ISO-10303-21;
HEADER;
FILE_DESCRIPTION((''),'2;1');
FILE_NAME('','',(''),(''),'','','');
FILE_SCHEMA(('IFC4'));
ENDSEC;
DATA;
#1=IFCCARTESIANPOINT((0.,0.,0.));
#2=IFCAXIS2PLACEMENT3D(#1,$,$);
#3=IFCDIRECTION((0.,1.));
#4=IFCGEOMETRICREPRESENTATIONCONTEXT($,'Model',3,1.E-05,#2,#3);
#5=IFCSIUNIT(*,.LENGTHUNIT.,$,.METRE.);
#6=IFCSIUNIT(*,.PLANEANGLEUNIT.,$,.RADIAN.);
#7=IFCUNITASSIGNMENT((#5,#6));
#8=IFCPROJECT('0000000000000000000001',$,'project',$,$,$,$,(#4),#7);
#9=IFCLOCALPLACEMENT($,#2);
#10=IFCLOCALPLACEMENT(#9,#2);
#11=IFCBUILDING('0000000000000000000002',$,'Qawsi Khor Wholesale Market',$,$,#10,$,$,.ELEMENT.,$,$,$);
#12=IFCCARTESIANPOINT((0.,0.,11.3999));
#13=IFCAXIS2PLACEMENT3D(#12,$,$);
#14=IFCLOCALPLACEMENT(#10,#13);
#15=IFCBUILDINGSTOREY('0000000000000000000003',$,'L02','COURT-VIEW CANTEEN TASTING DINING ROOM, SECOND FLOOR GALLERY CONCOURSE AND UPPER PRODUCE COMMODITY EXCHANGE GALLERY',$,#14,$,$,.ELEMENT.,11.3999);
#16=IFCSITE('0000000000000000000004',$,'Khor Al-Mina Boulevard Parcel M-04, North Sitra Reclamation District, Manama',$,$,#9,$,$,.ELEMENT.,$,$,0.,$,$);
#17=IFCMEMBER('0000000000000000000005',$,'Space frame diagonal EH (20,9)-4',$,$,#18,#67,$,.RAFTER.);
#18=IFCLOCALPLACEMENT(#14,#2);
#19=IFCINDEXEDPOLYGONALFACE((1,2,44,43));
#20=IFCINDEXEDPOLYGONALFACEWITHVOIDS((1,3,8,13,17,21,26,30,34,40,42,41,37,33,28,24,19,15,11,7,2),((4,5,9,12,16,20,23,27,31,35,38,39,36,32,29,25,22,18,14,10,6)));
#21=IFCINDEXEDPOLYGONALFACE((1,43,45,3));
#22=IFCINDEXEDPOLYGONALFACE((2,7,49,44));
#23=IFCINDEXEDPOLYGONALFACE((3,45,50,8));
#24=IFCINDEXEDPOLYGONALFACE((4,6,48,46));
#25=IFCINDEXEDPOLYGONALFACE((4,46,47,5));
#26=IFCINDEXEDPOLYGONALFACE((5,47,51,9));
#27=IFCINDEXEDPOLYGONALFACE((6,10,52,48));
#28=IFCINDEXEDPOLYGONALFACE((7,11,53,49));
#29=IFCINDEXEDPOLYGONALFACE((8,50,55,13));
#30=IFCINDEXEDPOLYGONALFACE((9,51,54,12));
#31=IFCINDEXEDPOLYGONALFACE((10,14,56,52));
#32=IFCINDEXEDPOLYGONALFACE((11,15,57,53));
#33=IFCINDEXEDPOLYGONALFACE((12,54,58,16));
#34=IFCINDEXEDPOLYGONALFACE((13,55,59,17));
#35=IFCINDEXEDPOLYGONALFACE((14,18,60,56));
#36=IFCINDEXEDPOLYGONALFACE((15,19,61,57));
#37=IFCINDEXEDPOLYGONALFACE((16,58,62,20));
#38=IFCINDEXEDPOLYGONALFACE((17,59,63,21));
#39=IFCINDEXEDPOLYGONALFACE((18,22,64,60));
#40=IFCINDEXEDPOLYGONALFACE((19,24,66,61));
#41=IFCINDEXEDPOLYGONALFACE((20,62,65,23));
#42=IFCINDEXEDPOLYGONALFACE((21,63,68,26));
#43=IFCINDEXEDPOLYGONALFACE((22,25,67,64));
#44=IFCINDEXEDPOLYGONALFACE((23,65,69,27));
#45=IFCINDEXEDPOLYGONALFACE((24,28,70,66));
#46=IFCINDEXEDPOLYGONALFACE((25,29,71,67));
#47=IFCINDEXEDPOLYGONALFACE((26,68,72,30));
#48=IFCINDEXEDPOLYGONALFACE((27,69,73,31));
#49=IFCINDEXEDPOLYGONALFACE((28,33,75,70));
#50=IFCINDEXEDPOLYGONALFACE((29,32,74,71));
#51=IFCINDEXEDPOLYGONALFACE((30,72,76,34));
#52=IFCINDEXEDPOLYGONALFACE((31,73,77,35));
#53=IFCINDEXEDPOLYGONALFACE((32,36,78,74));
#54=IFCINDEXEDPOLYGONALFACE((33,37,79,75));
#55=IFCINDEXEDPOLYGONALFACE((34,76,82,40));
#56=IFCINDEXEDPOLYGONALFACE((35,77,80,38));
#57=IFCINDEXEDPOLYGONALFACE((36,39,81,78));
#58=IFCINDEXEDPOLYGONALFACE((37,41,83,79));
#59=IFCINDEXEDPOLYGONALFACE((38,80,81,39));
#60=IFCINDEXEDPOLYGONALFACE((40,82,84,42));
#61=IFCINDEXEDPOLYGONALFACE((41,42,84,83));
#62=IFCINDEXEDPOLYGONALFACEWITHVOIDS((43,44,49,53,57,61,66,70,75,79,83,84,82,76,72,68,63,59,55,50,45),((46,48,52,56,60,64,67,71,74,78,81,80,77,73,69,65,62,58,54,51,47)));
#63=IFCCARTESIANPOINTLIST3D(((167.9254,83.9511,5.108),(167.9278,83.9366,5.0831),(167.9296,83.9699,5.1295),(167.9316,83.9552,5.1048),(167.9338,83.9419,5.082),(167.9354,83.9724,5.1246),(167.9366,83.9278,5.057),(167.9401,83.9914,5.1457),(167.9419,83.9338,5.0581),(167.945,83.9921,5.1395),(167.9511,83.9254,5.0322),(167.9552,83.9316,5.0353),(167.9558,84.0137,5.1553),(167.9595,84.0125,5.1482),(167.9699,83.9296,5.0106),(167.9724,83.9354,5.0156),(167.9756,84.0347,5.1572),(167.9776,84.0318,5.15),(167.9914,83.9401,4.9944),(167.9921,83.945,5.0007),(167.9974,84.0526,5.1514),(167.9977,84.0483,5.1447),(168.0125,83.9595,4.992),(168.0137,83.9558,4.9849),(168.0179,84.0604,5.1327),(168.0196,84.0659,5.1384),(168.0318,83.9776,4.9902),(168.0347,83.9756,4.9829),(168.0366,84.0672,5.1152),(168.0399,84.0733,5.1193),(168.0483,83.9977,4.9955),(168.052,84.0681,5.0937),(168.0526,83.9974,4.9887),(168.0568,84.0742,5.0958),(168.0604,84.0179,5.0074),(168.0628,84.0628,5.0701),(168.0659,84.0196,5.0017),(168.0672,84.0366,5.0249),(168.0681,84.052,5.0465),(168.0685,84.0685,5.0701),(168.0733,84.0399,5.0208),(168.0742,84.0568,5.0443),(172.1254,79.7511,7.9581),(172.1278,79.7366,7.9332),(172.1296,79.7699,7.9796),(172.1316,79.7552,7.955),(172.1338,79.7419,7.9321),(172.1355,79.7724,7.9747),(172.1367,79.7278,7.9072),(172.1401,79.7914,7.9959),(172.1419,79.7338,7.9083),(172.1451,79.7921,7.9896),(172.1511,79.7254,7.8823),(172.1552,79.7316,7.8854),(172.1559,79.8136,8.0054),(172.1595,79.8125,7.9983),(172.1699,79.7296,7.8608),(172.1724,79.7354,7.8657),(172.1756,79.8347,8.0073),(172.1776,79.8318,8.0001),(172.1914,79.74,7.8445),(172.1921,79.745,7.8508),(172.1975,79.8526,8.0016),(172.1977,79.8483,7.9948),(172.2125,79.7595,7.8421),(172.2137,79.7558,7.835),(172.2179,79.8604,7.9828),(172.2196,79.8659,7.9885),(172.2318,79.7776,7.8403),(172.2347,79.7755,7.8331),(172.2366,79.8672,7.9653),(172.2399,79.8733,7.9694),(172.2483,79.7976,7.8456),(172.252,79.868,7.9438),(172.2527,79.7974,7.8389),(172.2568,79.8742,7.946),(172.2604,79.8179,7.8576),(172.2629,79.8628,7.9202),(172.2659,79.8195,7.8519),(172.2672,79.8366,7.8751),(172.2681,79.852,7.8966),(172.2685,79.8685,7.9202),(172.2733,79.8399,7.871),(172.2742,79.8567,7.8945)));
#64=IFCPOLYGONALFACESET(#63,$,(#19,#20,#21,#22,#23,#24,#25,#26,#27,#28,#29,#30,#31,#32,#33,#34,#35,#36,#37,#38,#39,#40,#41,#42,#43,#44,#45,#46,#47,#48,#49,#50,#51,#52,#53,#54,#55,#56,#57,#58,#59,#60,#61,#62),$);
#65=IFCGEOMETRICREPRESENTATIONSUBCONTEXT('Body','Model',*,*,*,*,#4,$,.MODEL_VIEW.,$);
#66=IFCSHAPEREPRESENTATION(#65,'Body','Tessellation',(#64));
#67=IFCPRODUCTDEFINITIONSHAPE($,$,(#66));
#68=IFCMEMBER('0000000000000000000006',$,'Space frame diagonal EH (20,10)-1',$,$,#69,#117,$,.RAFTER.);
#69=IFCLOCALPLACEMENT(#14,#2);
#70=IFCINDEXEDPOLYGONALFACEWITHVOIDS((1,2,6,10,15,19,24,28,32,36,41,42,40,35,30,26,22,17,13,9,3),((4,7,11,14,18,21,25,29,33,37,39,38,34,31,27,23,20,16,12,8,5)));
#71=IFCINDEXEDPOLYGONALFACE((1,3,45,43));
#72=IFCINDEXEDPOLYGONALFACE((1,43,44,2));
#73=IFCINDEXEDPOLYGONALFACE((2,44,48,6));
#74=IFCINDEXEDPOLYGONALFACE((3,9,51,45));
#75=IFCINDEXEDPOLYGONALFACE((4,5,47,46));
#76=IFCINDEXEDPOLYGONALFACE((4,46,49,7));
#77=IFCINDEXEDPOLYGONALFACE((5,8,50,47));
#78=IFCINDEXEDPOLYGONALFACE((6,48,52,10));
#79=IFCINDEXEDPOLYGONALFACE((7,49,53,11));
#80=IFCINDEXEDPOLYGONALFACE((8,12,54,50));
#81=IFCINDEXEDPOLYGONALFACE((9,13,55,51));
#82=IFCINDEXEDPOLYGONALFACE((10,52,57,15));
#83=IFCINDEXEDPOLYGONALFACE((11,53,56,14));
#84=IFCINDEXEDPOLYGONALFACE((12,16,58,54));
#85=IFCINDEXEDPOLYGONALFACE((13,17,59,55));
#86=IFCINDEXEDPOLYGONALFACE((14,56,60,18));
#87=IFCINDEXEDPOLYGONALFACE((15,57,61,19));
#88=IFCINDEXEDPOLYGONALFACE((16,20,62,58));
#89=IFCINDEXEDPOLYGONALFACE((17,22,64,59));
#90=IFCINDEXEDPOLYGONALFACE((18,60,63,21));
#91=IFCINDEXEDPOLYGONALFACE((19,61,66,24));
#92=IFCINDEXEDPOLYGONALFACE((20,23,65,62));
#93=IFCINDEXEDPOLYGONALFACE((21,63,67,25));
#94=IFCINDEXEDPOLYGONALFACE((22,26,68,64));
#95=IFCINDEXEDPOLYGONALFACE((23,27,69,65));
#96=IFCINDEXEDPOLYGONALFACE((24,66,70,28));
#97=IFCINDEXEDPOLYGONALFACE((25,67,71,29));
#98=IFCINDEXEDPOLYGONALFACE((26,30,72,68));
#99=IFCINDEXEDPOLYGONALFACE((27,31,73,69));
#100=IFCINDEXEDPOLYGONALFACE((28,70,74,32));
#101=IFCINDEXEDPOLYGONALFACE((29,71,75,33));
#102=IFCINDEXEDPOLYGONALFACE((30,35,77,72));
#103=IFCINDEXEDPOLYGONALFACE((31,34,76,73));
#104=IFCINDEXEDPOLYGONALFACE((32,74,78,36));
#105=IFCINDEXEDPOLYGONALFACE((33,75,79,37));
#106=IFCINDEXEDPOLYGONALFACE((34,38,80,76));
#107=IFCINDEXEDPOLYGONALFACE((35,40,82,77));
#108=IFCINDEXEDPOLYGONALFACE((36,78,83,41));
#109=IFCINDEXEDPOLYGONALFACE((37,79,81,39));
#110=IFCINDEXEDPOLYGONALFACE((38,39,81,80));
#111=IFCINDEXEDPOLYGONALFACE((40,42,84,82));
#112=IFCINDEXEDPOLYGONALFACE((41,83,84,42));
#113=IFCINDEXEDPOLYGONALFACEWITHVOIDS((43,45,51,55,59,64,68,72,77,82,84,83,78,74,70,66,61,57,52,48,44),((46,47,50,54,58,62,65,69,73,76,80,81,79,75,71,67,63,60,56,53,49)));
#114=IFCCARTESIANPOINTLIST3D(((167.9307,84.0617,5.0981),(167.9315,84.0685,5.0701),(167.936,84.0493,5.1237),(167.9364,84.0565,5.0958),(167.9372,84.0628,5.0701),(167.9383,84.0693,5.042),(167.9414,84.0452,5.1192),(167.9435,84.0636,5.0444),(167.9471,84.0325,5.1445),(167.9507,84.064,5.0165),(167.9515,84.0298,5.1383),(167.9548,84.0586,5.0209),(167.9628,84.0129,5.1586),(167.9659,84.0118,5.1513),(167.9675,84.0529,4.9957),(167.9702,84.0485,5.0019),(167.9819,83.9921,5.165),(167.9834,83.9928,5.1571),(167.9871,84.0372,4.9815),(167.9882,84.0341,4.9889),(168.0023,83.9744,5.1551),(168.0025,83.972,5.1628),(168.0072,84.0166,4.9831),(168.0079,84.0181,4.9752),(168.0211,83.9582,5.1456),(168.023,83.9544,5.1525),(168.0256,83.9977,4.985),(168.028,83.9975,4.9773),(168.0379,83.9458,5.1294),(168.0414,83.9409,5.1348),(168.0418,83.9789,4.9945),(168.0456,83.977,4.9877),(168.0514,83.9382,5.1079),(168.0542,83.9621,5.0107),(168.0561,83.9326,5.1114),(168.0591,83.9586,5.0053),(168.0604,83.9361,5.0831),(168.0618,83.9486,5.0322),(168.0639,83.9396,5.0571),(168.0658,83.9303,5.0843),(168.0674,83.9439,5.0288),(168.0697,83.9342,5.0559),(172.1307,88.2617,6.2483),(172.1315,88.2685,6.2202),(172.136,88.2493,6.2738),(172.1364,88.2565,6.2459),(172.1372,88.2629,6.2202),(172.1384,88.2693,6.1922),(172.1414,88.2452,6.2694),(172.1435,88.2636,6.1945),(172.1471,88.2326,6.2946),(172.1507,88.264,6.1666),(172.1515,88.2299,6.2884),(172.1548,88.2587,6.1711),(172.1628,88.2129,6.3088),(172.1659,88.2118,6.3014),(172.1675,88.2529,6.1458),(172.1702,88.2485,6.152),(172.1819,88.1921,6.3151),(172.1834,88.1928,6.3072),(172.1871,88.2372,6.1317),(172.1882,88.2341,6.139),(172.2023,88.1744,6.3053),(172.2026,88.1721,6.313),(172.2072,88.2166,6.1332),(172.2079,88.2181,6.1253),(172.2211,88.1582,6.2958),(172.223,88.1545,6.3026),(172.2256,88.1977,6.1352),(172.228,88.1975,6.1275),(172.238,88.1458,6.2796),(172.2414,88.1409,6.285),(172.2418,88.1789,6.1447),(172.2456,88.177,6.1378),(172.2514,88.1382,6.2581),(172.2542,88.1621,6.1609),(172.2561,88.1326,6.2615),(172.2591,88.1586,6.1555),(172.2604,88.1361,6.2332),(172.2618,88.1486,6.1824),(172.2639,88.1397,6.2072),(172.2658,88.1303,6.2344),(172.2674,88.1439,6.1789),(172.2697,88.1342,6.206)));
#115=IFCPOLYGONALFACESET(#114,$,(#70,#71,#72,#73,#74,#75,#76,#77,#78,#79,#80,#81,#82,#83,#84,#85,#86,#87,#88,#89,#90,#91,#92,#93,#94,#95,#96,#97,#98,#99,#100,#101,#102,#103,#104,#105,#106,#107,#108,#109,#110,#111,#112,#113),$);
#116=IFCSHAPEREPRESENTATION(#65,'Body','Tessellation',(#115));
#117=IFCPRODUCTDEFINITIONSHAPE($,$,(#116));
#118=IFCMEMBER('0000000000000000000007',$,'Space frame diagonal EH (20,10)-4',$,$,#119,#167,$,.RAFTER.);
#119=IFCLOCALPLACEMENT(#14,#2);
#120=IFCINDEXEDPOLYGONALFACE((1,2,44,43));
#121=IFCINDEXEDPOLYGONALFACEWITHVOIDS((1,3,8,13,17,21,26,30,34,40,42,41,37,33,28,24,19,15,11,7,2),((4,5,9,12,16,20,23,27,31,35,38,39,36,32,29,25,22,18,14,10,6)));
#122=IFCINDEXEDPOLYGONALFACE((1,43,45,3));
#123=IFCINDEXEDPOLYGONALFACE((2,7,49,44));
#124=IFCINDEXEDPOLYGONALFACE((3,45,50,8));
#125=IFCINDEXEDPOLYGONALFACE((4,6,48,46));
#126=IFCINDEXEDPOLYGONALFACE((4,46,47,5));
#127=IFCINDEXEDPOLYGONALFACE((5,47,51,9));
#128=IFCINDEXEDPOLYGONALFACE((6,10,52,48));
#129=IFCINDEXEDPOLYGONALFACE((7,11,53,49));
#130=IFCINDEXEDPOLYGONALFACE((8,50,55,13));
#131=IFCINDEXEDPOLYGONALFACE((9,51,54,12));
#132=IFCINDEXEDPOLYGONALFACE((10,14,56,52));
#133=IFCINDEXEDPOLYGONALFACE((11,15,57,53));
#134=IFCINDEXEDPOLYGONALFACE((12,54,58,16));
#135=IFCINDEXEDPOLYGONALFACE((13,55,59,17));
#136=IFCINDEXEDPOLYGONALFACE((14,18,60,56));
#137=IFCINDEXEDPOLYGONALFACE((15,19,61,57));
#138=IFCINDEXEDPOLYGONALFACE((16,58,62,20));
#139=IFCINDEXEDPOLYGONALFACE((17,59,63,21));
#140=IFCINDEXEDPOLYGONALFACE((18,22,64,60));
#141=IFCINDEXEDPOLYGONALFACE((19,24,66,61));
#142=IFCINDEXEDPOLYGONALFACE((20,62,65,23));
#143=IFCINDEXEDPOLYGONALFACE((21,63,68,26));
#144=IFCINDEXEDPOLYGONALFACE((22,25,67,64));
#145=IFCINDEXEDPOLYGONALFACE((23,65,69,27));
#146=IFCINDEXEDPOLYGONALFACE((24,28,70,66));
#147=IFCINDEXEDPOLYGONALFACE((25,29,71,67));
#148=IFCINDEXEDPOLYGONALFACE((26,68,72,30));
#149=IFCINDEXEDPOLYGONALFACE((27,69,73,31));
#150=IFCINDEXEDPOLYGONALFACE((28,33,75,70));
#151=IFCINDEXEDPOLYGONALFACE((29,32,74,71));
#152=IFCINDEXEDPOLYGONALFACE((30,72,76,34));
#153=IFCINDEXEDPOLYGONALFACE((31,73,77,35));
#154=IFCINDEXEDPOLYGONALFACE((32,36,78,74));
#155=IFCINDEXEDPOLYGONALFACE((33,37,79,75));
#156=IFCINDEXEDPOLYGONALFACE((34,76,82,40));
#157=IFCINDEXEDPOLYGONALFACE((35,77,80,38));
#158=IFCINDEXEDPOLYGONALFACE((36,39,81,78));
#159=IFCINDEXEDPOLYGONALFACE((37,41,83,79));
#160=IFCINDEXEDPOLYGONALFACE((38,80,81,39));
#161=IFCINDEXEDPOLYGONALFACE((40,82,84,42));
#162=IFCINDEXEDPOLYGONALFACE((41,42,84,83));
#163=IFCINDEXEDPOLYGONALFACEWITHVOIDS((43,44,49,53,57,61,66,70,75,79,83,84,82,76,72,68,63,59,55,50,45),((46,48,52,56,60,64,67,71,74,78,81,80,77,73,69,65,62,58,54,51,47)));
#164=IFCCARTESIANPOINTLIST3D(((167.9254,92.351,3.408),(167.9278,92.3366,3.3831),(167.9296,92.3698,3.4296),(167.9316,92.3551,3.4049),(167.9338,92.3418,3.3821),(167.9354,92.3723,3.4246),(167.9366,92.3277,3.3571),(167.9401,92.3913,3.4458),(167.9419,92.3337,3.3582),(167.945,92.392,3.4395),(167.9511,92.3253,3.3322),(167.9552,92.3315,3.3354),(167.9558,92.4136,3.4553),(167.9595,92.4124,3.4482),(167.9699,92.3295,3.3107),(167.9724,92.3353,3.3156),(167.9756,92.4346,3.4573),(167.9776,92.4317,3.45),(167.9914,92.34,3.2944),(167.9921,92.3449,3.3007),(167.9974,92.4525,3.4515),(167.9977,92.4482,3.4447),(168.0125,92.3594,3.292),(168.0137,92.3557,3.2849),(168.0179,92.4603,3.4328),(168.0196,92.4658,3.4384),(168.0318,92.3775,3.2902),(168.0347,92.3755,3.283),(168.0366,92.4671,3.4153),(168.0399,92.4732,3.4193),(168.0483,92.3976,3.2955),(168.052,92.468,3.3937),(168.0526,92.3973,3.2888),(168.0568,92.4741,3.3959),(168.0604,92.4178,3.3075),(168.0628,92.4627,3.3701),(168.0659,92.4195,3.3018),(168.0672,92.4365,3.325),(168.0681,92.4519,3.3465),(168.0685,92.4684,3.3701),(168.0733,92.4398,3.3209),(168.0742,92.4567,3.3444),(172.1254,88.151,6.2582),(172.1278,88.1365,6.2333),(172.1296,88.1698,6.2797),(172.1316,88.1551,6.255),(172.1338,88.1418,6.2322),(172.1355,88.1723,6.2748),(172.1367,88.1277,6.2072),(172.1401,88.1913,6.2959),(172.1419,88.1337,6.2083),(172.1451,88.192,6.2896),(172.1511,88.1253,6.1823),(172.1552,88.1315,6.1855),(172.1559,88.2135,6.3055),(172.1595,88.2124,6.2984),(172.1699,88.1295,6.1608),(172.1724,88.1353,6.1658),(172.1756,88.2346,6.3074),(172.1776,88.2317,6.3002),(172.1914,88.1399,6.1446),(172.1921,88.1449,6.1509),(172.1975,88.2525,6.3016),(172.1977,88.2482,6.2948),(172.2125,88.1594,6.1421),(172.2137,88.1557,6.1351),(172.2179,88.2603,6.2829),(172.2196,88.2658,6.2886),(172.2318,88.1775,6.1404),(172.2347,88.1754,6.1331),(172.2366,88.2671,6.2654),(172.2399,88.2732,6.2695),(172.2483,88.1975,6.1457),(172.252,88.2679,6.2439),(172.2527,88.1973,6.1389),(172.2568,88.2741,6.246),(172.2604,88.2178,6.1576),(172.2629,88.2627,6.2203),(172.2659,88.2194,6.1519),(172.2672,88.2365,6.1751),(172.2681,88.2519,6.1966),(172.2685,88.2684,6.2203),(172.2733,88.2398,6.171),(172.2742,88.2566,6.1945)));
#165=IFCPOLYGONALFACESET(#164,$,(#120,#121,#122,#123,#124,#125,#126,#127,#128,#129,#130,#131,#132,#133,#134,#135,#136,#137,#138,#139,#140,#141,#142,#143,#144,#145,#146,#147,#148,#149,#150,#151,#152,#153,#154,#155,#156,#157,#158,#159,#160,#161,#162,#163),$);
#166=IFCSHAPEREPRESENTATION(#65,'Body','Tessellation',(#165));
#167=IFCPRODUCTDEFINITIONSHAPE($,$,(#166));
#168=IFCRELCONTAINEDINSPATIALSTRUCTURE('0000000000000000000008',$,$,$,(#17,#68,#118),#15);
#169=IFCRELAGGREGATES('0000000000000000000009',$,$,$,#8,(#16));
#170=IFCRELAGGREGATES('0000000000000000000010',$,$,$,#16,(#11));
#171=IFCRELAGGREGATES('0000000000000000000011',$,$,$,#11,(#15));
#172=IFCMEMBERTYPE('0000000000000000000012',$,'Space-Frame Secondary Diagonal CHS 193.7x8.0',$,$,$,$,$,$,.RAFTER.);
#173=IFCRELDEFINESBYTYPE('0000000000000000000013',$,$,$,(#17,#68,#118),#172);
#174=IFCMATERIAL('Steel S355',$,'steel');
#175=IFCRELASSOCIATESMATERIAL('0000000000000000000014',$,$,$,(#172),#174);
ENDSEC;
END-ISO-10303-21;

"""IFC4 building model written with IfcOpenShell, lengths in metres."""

from ifc_helpers import new_model, si_unit, direction, frame, origin, origin_2d, place, context, subcontext, project, spatial, hollow_circle, extrude, material, material_profile, profile_set, type_object, element, save


model = new_model("IFC4")

# Units and contexts
model_context = context("Model", 3, precision=1e-05, world=origin(), true_north=direction((0.0, 1.0)))
body_context = subcontext(model_context, "Body", "Model", "MODEL_VIEW")
ifc_project = project(units=[si_unit("LENGTHUNIT", "METRE"), si_unit("PLANEANGLEUNIT", "RADIAN")], contexts=[model_context])

# Site, building, storey
site_placement = place(None, origin())
site = spatial("IfcSite", under=ifc_project, at=site_placement, Name="Khor Al-Mina Boulevard Parcel M-04, North Sitra Reclamation District, Manama", CompositionType="ELEMENT", RefElevation=0.0)
building_placement = place(site_placement, origin())
building = spatial("IfcBuilding", under=site, at=building_placement, Name="Qawsi Khor Wholesale Market", CompositionType="ELEMENT")
storey_placement = place(building_placement, frame((0.0, 0.0, 11.3999)))
storey = spatial("IfcBuildingStorey", under=building, at=storey_placement, Name="L02", Description="COURT-VIEW CANTEEN TASTING DINING ROOM, SECOND FLOOR GALLERY CONCOURSE AND UPPER PRODUCE COMMODITY EXCHANGE GALLERY", CompositionType="ELEMENT", Elevation=11.3999)

# Members
ifc_material_1 = material(Name="Steel S355", Category="steel")
ifc_material_profile_1 = material_profile(ifc_material_1, hollow_circle(Radius=0.0969, WallThickness=0.0081, at=origin_2d()), Name="CHS 193.7x8.0")
ifc_profile_set_1 = profile_set([ifc_material_profile_1], Name="Steel S355")
member_type_1 = type_object("IfcMemberType", Name="Space-Frame Secondary Diagonal CHS 193.7x8.0", PredefinedType="RAFTER", material=ifc_profile_set_1)
member_1_placement = place(storey_placement, frame((168.0, 84.0, 5.0701), z_axis=(0.637512, -0.637512, 0.432617), x_axis=(0.707107, 0.707107, 0.0)))
element("IfcMember", 1, at=member_1_placement, inside=storey, type_object=member_type_1, Name="Space frame diagonal EH (20,9)-4", PredefinedType="RAFTER", context=body_context, shape_type="SweptSolid", body=[
    extrude(hollow_circle(Radius=0.0969, WallThickness=0.0081, at=origin_2d()), origin(), (0.0, 0.0, 1.0), 6.5881),
])
member_2_placement = place(storey_placement, frame((168.0, 84.0, 5.0701), z_axis=(0.694211, 0.694211, 0.190108), x_axis=(-0.707107, 0.707107, 0.0)))
element("IfcMember", 2, at=member_2_placement, inside=storey, type_object=member_type_1, Name="Space frame diagonal EH (20,10)-1", PredefinedType="RAFTER", context=body_context, shape_type="SweptSolid", body=[
    extrude(hollow_circle(Radius=0.0969, WallThickness=0.0081, at=origin_2d()), origin(), (0.0, 0.0, 1.0), 6.05),
])
member_3_placement = place(storey_placement, frame((168.0, 92.3999, 3.3701), z_axis=(0.637512, -0.637512, 0.432617), x_axis=(0.707107, 0.707107, 0.0)))
element("IfcMember", 3, at=member_3_placement, inside=storey, type_object=member_type_1, Name="Space frame diagonal EH (20,10)-4", PredefinedType="RAFTER", context=body_context, shape_type="SweptSolid", body=[
    extrude(hollow_circle(Radius=0.0969, WallThickness=0.0081, at=origin_2d()), origin(), (0.0, 0.0, 1.0), 6.5881),
])

save(model, "model.ifc")
